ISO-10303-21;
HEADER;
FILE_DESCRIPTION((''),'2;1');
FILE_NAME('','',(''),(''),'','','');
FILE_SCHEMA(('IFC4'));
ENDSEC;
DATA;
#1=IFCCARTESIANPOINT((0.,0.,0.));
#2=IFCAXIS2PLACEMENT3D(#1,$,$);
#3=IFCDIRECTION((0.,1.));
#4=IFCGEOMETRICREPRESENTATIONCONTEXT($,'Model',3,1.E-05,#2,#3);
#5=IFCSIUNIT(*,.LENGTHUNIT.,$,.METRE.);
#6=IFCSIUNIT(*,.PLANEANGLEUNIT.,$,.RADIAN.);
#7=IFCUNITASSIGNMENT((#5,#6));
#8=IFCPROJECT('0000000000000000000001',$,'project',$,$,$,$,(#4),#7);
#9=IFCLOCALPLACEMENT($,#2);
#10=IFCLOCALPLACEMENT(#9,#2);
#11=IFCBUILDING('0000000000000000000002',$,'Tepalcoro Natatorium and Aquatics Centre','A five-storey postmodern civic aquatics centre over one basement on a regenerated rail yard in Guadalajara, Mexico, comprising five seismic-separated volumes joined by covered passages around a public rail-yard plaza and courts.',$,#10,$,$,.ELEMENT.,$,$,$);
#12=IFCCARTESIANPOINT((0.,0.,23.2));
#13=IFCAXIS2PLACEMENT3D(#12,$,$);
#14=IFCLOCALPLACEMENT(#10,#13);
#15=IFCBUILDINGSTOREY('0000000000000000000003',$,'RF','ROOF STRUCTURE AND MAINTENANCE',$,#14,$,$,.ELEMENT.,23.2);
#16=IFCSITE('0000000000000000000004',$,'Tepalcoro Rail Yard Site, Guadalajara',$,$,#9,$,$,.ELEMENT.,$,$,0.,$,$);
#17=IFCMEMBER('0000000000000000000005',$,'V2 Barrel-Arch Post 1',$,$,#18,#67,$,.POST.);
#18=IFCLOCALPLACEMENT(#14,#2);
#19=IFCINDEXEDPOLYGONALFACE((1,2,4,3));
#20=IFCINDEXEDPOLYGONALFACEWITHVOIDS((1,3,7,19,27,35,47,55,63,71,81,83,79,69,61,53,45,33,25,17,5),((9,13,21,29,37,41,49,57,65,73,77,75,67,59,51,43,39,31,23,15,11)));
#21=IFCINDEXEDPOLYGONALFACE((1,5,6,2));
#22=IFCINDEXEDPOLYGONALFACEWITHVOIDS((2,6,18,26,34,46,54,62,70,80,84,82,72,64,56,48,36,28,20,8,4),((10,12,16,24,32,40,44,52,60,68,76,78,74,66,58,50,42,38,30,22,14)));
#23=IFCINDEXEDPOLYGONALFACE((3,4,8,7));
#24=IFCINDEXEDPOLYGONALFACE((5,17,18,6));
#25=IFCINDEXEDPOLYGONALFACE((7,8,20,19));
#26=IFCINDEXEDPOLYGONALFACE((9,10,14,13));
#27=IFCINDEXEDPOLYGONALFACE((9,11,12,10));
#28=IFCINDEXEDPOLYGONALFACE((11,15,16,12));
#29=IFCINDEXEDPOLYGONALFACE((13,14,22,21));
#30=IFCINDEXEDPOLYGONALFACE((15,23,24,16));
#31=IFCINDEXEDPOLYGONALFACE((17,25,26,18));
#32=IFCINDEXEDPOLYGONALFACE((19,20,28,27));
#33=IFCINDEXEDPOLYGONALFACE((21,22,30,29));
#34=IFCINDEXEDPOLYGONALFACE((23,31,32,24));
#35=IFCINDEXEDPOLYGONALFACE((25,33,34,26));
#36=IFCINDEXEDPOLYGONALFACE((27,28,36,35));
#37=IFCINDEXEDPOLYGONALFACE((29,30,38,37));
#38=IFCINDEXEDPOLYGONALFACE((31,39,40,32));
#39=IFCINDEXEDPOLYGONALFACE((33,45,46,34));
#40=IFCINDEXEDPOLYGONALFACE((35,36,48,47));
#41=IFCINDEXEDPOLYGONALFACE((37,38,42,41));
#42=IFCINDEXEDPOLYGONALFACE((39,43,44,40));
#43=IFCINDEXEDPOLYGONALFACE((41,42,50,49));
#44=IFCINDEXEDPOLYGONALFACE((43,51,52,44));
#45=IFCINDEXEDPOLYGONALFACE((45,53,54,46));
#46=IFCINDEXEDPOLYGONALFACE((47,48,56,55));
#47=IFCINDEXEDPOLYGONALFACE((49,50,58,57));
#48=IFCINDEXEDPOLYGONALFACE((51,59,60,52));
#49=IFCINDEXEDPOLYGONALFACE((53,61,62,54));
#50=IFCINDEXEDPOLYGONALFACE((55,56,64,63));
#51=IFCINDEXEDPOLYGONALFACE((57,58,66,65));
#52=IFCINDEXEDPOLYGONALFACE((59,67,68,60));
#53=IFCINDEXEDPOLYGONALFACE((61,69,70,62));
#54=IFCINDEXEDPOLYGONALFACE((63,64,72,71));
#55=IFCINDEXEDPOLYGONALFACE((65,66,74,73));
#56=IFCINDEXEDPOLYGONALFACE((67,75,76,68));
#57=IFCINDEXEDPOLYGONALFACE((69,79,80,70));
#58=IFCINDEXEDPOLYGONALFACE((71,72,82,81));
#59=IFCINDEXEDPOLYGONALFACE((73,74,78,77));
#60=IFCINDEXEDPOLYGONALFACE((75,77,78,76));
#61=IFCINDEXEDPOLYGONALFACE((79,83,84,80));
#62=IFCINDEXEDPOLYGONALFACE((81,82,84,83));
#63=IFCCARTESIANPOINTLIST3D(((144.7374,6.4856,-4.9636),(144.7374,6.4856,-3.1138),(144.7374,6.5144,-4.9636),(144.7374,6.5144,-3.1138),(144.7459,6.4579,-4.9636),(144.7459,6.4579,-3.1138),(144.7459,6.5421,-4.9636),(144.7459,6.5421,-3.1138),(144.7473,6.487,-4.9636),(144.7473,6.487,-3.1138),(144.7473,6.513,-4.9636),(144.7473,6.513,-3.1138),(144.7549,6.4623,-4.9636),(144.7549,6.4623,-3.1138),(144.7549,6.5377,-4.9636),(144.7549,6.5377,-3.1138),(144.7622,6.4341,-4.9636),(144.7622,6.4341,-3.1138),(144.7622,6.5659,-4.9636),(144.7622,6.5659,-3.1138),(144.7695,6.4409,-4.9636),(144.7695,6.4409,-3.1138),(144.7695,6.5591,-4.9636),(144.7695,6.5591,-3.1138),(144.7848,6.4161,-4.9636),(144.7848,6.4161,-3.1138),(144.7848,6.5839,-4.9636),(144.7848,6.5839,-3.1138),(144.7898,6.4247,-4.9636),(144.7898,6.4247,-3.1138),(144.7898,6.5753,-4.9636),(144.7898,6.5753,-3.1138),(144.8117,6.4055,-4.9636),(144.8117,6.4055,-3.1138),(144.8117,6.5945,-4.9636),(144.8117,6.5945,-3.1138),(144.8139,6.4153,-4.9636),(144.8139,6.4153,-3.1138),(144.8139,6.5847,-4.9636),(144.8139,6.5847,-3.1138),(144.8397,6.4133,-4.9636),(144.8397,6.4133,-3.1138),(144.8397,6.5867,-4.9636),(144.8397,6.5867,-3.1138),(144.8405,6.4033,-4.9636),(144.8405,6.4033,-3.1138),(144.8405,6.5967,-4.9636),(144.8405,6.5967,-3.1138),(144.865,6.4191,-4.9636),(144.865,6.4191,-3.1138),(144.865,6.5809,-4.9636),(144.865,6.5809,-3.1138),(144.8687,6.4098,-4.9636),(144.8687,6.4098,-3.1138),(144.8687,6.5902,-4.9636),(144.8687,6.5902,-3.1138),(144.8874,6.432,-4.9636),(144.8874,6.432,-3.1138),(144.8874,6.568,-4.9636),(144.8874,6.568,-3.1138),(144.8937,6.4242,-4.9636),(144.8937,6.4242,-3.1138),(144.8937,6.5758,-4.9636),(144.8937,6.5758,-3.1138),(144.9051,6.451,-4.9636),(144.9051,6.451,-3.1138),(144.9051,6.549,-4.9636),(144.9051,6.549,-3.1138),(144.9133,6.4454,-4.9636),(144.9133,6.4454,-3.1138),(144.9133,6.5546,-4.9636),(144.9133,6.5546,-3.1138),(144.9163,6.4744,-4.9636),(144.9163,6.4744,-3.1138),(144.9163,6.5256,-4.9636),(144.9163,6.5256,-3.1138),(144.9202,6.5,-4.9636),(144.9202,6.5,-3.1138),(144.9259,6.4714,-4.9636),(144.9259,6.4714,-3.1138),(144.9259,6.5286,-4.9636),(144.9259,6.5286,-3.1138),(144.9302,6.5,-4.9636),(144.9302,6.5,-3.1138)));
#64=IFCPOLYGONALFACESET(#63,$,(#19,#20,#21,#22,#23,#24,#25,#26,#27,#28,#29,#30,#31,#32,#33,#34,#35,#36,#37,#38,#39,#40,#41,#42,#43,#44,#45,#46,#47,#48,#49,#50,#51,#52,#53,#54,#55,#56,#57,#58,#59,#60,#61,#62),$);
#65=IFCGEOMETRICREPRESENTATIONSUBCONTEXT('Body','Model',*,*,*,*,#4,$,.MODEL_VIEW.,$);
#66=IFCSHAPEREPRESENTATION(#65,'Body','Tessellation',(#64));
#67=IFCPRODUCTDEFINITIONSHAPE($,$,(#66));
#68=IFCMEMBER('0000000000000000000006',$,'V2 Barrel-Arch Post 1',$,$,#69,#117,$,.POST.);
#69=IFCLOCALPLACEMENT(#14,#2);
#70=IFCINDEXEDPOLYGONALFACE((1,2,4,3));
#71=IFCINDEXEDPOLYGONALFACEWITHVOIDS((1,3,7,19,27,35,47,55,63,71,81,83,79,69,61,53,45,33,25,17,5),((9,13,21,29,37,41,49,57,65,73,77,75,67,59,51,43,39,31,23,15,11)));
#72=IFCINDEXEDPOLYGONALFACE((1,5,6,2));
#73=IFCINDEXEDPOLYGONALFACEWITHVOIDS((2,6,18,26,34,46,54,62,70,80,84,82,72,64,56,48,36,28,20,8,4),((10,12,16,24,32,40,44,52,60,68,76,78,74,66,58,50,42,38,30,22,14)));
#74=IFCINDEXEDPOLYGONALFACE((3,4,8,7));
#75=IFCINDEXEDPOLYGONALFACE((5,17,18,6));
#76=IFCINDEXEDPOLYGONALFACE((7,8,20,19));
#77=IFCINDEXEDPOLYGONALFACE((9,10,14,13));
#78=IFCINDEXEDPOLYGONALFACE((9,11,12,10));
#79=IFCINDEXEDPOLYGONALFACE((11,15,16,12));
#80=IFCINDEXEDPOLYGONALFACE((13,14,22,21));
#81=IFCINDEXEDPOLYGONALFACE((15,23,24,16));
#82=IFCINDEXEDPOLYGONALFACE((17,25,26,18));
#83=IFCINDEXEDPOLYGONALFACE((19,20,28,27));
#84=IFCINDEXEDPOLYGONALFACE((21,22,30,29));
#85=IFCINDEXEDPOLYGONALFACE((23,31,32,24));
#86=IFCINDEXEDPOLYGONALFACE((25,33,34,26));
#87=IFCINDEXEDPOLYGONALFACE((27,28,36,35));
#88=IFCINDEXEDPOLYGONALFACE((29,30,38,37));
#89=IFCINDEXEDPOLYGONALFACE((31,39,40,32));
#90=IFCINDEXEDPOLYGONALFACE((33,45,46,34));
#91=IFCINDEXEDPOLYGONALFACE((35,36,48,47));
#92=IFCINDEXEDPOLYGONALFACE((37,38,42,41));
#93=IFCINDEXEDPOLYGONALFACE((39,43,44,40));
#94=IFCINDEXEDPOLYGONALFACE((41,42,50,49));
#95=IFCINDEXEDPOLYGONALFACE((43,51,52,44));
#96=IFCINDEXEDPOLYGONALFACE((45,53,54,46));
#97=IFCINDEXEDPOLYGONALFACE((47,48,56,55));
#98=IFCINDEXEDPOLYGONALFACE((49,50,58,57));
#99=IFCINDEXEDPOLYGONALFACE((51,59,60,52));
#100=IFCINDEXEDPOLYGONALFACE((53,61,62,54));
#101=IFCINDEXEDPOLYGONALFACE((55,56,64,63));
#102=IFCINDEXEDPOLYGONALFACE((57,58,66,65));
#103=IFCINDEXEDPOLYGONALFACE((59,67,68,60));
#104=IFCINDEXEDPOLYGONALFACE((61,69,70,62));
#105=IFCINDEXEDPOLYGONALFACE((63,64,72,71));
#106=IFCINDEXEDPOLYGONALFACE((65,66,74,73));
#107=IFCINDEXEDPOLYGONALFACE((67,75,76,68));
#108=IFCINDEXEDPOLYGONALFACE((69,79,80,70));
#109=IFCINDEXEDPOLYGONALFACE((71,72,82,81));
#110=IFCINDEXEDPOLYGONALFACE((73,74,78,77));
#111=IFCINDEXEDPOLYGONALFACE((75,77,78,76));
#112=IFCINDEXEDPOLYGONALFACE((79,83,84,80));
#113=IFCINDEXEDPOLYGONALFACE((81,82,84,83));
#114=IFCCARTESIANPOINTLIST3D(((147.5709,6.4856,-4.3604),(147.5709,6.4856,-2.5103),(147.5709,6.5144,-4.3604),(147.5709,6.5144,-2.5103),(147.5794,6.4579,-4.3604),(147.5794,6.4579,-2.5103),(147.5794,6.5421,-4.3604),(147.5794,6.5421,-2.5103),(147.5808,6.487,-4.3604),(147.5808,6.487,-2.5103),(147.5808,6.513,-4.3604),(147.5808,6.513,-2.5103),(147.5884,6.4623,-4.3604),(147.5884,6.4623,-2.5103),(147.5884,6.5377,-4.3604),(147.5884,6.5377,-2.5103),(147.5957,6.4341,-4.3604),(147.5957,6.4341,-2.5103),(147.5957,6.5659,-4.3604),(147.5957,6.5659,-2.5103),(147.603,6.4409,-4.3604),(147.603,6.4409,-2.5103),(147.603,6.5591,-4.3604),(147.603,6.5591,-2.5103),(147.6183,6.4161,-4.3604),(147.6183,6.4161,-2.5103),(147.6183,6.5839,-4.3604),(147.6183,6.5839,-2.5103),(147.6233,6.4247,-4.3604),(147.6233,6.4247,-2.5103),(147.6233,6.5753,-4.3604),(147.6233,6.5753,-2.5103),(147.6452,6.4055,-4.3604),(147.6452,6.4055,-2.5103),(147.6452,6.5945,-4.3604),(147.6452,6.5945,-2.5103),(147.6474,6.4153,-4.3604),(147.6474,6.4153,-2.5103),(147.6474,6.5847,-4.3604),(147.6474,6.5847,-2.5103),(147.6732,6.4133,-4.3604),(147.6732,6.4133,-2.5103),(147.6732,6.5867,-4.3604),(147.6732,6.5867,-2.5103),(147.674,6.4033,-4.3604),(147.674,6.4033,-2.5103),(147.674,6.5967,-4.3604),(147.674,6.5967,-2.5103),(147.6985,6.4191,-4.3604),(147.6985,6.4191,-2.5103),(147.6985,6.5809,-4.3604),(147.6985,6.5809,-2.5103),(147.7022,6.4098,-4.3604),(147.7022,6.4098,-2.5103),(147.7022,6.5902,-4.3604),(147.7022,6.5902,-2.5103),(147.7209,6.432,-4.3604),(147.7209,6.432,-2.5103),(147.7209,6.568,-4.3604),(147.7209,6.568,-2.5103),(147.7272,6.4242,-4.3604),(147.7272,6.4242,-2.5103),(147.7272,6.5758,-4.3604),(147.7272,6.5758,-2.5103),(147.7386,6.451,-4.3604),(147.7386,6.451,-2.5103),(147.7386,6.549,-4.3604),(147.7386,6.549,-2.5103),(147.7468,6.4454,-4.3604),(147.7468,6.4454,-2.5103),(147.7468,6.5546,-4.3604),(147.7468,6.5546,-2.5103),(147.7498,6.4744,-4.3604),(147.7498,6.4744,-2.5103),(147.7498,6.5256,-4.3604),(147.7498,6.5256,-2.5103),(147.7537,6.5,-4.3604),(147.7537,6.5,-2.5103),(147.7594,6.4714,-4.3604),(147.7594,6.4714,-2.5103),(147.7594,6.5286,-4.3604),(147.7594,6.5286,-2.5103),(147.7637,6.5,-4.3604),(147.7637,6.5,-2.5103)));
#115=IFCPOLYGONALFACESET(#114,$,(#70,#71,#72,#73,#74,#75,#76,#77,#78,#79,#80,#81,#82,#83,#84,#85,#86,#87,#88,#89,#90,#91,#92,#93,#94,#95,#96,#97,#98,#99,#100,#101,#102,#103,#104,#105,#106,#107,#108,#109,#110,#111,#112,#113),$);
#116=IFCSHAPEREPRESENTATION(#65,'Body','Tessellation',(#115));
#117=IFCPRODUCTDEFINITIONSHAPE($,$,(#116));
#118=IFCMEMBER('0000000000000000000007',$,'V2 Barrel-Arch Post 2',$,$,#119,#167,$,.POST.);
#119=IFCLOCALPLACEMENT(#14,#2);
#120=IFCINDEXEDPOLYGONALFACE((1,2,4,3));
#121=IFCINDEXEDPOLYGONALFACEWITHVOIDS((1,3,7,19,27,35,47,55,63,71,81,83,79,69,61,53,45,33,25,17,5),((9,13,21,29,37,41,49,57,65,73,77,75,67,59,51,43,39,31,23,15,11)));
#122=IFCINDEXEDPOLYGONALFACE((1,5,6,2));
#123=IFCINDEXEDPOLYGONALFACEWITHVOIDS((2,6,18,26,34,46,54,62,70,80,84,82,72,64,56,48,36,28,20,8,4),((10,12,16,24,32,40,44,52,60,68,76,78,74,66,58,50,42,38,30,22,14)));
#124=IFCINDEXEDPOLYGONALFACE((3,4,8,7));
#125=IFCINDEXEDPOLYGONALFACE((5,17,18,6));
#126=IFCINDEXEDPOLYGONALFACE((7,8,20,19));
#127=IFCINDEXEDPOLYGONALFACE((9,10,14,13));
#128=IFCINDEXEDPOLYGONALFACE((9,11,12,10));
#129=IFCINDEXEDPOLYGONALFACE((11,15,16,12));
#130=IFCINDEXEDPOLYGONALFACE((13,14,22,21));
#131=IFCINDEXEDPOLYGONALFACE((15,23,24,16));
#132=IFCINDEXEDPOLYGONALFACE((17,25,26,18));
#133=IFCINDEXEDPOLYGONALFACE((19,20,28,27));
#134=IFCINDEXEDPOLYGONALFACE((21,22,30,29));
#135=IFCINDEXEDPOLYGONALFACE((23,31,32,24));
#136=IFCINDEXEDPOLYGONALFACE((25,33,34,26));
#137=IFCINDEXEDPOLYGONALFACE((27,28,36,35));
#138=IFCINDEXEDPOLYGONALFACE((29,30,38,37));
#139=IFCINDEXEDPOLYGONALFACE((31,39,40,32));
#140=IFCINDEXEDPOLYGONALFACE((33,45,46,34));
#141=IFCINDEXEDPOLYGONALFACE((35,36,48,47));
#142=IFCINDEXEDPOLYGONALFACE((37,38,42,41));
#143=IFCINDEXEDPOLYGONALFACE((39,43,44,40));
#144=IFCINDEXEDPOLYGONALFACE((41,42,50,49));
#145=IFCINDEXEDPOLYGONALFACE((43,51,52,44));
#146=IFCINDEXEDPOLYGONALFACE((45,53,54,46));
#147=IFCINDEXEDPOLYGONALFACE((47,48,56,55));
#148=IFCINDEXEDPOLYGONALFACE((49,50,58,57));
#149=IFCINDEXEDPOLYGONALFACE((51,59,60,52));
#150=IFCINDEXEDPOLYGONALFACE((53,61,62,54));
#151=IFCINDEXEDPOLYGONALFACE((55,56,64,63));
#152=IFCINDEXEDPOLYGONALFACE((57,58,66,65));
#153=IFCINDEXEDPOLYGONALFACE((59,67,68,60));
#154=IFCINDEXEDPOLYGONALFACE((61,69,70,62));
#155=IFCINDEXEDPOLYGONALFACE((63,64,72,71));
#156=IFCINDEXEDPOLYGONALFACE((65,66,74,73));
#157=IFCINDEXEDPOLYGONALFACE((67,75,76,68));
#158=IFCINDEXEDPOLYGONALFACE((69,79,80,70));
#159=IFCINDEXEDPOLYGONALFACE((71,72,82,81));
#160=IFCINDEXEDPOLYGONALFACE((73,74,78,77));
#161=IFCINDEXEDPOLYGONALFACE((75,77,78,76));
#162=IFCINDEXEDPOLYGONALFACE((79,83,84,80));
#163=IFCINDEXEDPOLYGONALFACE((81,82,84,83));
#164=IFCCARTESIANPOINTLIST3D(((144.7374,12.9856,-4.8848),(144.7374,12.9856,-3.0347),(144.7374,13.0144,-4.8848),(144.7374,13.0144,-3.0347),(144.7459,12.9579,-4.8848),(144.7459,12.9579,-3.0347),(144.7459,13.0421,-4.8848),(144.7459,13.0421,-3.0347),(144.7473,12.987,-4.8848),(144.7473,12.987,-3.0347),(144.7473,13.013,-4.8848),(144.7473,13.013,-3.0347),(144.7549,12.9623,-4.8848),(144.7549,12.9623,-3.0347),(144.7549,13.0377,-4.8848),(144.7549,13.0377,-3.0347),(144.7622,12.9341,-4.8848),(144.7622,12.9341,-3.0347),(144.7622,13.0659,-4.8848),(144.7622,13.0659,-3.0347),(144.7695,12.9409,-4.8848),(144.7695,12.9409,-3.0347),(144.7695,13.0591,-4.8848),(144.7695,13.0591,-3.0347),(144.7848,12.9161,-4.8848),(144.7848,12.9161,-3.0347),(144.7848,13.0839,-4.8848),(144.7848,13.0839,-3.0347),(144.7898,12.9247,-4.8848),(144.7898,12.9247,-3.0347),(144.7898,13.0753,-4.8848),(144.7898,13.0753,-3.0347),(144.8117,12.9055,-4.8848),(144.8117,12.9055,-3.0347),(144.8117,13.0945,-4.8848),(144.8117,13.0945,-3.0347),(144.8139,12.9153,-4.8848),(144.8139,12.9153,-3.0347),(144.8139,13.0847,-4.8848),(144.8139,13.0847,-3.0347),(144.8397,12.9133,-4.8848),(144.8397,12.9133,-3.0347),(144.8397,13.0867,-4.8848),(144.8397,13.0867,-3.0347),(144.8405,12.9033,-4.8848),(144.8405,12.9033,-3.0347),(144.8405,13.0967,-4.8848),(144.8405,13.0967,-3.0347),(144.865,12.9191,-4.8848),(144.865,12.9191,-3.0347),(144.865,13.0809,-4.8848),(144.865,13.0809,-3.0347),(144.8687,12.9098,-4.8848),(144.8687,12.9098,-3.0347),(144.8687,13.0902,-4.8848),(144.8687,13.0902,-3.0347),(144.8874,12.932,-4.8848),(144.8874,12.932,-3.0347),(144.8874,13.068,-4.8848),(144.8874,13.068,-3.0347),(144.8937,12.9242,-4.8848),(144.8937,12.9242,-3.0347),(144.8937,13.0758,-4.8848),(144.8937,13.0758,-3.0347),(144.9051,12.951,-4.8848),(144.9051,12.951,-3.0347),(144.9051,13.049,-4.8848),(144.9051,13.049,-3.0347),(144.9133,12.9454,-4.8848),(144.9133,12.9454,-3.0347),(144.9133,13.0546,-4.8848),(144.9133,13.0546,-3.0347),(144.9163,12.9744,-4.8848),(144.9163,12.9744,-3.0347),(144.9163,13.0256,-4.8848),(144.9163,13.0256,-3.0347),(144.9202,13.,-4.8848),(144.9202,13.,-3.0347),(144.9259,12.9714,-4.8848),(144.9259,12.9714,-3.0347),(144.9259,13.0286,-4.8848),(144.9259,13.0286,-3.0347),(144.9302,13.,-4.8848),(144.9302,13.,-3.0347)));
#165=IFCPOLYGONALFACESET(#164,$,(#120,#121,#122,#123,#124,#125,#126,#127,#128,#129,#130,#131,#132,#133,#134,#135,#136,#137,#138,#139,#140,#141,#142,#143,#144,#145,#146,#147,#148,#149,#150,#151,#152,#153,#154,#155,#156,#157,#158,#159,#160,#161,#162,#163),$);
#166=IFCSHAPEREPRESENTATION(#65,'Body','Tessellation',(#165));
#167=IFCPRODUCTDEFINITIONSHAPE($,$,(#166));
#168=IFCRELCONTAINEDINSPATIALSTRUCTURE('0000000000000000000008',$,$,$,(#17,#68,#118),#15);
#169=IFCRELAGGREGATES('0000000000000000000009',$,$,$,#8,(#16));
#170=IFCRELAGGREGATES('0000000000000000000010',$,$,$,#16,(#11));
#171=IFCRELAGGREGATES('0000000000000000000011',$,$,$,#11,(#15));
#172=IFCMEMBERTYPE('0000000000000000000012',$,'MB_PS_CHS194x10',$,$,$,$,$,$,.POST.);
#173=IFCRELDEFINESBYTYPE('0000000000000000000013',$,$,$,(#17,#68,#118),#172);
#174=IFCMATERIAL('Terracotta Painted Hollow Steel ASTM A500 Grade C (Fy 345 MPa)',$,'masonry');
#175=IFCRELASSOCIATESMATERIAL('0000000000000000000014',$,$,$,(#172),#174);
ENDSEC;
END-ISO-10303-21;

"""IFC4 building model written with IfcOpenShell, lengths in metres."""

from ifc_helpers import new_model, si_unit, direction, frame, origin, origin_2d, place, context, subcontext, project, spatial, hollow_circle, extrude, material, material_profile, profile_set, type_object, element, save


model = new_model("IFC4")

# Units and contexts
model_context = context("Model", 3, precision=1e-05, world=origin(), true_north=direction((0.0, 1.0)))
body_context = subcontext(model_context, "Body", "Model", "MODEL_VIEW")
ifc_project = project(units=[si_unit("LENGTHUNIT", "METRE"), si_unit("PLANEANGLEUNIT", "RADIAN")], contexts=[model_context])

# Site, building, storey
site_placement = place(None, origin())
site = spatial("IfcSite", under=ifc_project, at=site_placement, Name="Tepalcoro Rail Yard Site, Guadalajara", CompositionType="ELEMENT", RefElevation=0.0)
building_placement = place(site_placement, origin())
building = spatial("IfcBuilding", under=site, at=building_placement, Name="Tepalcoro Natatorium and Aquatics Centre", Description="A five-storey postmodern civic aquatics centre over one basement on a regenerated rail yard in Guadalajara, Mexico, comprising five seismic-separated volumes joined by covered passages around a public rail-yard plaza and courts.", CompositionType="ELEMENT")
storey_placement = place(building_placement, frame((0.0, 0.0, 23.2)))
storey = spatial("IfcBuildingStorey", under=building, at=storey_placement, Name="RF", Description="ROOF STRUCTURE AND MAINTENANCE", CompositionType="ELEMENT", Elevation=23.2)

# Shared definitions
ifc_material = material(Name="Terracotta Painted Hollow Steel ASTM A500 Grade C (Fy 345 MPa)", Category="masonry")

# Members
ifc_material_profile_1 = material_profile(ifc_material, hollow_circle(Radius=0.0969, WallThickness=0.01, at=origin_2d()), Name="CHS194X10")
ifc_profile_set_1 = profile_set([ifc_material_profile_1], Name="Terracotta Painted Hollow Steel ASTM A500 Grade C (Fy 345 MPa)")
member_type_1 = type_object("IfcMemberType", Name="MB_PS_CHS194x10", PredefinedType="POST", material=ifc_profile_set_1)
member_1_placement = place(storey_placement, frame((144.8333, 6.5, -4.9636), z_axis=(0.0, 0.0, 1.0), x_axis=(1.0, 0.0, 0.0)))
element("IfcMember", 1, at=member_1_placement, inside=storey, type_object=member_type_1, Name="V2 Barrel-Arch Post 1", PredefinedType="POST", context=body_context, shape_type="SweptSolid", body=[
    extrude(hollow_circle(Radius=0.0969, WallThickness=0.01, at=origin_2d()), origin(), (0.0, 0.0, 1.0), 1.8499),
])
for number, where, z_axis, x_axis, name in (
    (2, (147.6667, 6.5, -4.3604), (0.0, 0.0, 1.0), (1.0, 0.0, 0.0), "V2 Barrel-Arch Post 1"),
    (3, (144.8333, 13.0, -4.8848), (0.0, 0.0, 1.0), (1.0, 0.0, 0.0), "V2 Barrel-Arch Post 2"),
):
    element("IfcMember", number, at=place(storey_placement, frame(where, z_axis=z_axis, x_axis=x_axis)), inside=storey, type_object=member_type_1, Name=name, PredefinedType="POST", context=body_context, shape_type="SweptSolid", body=[
        extrude(hollow_circle(Radius=0.0969, WallThickness=0.01, at=origin_2d()), origin(), (0.0, 0.0, 1.0), 1.8501),
    ])

save(model, "model.ifc")
